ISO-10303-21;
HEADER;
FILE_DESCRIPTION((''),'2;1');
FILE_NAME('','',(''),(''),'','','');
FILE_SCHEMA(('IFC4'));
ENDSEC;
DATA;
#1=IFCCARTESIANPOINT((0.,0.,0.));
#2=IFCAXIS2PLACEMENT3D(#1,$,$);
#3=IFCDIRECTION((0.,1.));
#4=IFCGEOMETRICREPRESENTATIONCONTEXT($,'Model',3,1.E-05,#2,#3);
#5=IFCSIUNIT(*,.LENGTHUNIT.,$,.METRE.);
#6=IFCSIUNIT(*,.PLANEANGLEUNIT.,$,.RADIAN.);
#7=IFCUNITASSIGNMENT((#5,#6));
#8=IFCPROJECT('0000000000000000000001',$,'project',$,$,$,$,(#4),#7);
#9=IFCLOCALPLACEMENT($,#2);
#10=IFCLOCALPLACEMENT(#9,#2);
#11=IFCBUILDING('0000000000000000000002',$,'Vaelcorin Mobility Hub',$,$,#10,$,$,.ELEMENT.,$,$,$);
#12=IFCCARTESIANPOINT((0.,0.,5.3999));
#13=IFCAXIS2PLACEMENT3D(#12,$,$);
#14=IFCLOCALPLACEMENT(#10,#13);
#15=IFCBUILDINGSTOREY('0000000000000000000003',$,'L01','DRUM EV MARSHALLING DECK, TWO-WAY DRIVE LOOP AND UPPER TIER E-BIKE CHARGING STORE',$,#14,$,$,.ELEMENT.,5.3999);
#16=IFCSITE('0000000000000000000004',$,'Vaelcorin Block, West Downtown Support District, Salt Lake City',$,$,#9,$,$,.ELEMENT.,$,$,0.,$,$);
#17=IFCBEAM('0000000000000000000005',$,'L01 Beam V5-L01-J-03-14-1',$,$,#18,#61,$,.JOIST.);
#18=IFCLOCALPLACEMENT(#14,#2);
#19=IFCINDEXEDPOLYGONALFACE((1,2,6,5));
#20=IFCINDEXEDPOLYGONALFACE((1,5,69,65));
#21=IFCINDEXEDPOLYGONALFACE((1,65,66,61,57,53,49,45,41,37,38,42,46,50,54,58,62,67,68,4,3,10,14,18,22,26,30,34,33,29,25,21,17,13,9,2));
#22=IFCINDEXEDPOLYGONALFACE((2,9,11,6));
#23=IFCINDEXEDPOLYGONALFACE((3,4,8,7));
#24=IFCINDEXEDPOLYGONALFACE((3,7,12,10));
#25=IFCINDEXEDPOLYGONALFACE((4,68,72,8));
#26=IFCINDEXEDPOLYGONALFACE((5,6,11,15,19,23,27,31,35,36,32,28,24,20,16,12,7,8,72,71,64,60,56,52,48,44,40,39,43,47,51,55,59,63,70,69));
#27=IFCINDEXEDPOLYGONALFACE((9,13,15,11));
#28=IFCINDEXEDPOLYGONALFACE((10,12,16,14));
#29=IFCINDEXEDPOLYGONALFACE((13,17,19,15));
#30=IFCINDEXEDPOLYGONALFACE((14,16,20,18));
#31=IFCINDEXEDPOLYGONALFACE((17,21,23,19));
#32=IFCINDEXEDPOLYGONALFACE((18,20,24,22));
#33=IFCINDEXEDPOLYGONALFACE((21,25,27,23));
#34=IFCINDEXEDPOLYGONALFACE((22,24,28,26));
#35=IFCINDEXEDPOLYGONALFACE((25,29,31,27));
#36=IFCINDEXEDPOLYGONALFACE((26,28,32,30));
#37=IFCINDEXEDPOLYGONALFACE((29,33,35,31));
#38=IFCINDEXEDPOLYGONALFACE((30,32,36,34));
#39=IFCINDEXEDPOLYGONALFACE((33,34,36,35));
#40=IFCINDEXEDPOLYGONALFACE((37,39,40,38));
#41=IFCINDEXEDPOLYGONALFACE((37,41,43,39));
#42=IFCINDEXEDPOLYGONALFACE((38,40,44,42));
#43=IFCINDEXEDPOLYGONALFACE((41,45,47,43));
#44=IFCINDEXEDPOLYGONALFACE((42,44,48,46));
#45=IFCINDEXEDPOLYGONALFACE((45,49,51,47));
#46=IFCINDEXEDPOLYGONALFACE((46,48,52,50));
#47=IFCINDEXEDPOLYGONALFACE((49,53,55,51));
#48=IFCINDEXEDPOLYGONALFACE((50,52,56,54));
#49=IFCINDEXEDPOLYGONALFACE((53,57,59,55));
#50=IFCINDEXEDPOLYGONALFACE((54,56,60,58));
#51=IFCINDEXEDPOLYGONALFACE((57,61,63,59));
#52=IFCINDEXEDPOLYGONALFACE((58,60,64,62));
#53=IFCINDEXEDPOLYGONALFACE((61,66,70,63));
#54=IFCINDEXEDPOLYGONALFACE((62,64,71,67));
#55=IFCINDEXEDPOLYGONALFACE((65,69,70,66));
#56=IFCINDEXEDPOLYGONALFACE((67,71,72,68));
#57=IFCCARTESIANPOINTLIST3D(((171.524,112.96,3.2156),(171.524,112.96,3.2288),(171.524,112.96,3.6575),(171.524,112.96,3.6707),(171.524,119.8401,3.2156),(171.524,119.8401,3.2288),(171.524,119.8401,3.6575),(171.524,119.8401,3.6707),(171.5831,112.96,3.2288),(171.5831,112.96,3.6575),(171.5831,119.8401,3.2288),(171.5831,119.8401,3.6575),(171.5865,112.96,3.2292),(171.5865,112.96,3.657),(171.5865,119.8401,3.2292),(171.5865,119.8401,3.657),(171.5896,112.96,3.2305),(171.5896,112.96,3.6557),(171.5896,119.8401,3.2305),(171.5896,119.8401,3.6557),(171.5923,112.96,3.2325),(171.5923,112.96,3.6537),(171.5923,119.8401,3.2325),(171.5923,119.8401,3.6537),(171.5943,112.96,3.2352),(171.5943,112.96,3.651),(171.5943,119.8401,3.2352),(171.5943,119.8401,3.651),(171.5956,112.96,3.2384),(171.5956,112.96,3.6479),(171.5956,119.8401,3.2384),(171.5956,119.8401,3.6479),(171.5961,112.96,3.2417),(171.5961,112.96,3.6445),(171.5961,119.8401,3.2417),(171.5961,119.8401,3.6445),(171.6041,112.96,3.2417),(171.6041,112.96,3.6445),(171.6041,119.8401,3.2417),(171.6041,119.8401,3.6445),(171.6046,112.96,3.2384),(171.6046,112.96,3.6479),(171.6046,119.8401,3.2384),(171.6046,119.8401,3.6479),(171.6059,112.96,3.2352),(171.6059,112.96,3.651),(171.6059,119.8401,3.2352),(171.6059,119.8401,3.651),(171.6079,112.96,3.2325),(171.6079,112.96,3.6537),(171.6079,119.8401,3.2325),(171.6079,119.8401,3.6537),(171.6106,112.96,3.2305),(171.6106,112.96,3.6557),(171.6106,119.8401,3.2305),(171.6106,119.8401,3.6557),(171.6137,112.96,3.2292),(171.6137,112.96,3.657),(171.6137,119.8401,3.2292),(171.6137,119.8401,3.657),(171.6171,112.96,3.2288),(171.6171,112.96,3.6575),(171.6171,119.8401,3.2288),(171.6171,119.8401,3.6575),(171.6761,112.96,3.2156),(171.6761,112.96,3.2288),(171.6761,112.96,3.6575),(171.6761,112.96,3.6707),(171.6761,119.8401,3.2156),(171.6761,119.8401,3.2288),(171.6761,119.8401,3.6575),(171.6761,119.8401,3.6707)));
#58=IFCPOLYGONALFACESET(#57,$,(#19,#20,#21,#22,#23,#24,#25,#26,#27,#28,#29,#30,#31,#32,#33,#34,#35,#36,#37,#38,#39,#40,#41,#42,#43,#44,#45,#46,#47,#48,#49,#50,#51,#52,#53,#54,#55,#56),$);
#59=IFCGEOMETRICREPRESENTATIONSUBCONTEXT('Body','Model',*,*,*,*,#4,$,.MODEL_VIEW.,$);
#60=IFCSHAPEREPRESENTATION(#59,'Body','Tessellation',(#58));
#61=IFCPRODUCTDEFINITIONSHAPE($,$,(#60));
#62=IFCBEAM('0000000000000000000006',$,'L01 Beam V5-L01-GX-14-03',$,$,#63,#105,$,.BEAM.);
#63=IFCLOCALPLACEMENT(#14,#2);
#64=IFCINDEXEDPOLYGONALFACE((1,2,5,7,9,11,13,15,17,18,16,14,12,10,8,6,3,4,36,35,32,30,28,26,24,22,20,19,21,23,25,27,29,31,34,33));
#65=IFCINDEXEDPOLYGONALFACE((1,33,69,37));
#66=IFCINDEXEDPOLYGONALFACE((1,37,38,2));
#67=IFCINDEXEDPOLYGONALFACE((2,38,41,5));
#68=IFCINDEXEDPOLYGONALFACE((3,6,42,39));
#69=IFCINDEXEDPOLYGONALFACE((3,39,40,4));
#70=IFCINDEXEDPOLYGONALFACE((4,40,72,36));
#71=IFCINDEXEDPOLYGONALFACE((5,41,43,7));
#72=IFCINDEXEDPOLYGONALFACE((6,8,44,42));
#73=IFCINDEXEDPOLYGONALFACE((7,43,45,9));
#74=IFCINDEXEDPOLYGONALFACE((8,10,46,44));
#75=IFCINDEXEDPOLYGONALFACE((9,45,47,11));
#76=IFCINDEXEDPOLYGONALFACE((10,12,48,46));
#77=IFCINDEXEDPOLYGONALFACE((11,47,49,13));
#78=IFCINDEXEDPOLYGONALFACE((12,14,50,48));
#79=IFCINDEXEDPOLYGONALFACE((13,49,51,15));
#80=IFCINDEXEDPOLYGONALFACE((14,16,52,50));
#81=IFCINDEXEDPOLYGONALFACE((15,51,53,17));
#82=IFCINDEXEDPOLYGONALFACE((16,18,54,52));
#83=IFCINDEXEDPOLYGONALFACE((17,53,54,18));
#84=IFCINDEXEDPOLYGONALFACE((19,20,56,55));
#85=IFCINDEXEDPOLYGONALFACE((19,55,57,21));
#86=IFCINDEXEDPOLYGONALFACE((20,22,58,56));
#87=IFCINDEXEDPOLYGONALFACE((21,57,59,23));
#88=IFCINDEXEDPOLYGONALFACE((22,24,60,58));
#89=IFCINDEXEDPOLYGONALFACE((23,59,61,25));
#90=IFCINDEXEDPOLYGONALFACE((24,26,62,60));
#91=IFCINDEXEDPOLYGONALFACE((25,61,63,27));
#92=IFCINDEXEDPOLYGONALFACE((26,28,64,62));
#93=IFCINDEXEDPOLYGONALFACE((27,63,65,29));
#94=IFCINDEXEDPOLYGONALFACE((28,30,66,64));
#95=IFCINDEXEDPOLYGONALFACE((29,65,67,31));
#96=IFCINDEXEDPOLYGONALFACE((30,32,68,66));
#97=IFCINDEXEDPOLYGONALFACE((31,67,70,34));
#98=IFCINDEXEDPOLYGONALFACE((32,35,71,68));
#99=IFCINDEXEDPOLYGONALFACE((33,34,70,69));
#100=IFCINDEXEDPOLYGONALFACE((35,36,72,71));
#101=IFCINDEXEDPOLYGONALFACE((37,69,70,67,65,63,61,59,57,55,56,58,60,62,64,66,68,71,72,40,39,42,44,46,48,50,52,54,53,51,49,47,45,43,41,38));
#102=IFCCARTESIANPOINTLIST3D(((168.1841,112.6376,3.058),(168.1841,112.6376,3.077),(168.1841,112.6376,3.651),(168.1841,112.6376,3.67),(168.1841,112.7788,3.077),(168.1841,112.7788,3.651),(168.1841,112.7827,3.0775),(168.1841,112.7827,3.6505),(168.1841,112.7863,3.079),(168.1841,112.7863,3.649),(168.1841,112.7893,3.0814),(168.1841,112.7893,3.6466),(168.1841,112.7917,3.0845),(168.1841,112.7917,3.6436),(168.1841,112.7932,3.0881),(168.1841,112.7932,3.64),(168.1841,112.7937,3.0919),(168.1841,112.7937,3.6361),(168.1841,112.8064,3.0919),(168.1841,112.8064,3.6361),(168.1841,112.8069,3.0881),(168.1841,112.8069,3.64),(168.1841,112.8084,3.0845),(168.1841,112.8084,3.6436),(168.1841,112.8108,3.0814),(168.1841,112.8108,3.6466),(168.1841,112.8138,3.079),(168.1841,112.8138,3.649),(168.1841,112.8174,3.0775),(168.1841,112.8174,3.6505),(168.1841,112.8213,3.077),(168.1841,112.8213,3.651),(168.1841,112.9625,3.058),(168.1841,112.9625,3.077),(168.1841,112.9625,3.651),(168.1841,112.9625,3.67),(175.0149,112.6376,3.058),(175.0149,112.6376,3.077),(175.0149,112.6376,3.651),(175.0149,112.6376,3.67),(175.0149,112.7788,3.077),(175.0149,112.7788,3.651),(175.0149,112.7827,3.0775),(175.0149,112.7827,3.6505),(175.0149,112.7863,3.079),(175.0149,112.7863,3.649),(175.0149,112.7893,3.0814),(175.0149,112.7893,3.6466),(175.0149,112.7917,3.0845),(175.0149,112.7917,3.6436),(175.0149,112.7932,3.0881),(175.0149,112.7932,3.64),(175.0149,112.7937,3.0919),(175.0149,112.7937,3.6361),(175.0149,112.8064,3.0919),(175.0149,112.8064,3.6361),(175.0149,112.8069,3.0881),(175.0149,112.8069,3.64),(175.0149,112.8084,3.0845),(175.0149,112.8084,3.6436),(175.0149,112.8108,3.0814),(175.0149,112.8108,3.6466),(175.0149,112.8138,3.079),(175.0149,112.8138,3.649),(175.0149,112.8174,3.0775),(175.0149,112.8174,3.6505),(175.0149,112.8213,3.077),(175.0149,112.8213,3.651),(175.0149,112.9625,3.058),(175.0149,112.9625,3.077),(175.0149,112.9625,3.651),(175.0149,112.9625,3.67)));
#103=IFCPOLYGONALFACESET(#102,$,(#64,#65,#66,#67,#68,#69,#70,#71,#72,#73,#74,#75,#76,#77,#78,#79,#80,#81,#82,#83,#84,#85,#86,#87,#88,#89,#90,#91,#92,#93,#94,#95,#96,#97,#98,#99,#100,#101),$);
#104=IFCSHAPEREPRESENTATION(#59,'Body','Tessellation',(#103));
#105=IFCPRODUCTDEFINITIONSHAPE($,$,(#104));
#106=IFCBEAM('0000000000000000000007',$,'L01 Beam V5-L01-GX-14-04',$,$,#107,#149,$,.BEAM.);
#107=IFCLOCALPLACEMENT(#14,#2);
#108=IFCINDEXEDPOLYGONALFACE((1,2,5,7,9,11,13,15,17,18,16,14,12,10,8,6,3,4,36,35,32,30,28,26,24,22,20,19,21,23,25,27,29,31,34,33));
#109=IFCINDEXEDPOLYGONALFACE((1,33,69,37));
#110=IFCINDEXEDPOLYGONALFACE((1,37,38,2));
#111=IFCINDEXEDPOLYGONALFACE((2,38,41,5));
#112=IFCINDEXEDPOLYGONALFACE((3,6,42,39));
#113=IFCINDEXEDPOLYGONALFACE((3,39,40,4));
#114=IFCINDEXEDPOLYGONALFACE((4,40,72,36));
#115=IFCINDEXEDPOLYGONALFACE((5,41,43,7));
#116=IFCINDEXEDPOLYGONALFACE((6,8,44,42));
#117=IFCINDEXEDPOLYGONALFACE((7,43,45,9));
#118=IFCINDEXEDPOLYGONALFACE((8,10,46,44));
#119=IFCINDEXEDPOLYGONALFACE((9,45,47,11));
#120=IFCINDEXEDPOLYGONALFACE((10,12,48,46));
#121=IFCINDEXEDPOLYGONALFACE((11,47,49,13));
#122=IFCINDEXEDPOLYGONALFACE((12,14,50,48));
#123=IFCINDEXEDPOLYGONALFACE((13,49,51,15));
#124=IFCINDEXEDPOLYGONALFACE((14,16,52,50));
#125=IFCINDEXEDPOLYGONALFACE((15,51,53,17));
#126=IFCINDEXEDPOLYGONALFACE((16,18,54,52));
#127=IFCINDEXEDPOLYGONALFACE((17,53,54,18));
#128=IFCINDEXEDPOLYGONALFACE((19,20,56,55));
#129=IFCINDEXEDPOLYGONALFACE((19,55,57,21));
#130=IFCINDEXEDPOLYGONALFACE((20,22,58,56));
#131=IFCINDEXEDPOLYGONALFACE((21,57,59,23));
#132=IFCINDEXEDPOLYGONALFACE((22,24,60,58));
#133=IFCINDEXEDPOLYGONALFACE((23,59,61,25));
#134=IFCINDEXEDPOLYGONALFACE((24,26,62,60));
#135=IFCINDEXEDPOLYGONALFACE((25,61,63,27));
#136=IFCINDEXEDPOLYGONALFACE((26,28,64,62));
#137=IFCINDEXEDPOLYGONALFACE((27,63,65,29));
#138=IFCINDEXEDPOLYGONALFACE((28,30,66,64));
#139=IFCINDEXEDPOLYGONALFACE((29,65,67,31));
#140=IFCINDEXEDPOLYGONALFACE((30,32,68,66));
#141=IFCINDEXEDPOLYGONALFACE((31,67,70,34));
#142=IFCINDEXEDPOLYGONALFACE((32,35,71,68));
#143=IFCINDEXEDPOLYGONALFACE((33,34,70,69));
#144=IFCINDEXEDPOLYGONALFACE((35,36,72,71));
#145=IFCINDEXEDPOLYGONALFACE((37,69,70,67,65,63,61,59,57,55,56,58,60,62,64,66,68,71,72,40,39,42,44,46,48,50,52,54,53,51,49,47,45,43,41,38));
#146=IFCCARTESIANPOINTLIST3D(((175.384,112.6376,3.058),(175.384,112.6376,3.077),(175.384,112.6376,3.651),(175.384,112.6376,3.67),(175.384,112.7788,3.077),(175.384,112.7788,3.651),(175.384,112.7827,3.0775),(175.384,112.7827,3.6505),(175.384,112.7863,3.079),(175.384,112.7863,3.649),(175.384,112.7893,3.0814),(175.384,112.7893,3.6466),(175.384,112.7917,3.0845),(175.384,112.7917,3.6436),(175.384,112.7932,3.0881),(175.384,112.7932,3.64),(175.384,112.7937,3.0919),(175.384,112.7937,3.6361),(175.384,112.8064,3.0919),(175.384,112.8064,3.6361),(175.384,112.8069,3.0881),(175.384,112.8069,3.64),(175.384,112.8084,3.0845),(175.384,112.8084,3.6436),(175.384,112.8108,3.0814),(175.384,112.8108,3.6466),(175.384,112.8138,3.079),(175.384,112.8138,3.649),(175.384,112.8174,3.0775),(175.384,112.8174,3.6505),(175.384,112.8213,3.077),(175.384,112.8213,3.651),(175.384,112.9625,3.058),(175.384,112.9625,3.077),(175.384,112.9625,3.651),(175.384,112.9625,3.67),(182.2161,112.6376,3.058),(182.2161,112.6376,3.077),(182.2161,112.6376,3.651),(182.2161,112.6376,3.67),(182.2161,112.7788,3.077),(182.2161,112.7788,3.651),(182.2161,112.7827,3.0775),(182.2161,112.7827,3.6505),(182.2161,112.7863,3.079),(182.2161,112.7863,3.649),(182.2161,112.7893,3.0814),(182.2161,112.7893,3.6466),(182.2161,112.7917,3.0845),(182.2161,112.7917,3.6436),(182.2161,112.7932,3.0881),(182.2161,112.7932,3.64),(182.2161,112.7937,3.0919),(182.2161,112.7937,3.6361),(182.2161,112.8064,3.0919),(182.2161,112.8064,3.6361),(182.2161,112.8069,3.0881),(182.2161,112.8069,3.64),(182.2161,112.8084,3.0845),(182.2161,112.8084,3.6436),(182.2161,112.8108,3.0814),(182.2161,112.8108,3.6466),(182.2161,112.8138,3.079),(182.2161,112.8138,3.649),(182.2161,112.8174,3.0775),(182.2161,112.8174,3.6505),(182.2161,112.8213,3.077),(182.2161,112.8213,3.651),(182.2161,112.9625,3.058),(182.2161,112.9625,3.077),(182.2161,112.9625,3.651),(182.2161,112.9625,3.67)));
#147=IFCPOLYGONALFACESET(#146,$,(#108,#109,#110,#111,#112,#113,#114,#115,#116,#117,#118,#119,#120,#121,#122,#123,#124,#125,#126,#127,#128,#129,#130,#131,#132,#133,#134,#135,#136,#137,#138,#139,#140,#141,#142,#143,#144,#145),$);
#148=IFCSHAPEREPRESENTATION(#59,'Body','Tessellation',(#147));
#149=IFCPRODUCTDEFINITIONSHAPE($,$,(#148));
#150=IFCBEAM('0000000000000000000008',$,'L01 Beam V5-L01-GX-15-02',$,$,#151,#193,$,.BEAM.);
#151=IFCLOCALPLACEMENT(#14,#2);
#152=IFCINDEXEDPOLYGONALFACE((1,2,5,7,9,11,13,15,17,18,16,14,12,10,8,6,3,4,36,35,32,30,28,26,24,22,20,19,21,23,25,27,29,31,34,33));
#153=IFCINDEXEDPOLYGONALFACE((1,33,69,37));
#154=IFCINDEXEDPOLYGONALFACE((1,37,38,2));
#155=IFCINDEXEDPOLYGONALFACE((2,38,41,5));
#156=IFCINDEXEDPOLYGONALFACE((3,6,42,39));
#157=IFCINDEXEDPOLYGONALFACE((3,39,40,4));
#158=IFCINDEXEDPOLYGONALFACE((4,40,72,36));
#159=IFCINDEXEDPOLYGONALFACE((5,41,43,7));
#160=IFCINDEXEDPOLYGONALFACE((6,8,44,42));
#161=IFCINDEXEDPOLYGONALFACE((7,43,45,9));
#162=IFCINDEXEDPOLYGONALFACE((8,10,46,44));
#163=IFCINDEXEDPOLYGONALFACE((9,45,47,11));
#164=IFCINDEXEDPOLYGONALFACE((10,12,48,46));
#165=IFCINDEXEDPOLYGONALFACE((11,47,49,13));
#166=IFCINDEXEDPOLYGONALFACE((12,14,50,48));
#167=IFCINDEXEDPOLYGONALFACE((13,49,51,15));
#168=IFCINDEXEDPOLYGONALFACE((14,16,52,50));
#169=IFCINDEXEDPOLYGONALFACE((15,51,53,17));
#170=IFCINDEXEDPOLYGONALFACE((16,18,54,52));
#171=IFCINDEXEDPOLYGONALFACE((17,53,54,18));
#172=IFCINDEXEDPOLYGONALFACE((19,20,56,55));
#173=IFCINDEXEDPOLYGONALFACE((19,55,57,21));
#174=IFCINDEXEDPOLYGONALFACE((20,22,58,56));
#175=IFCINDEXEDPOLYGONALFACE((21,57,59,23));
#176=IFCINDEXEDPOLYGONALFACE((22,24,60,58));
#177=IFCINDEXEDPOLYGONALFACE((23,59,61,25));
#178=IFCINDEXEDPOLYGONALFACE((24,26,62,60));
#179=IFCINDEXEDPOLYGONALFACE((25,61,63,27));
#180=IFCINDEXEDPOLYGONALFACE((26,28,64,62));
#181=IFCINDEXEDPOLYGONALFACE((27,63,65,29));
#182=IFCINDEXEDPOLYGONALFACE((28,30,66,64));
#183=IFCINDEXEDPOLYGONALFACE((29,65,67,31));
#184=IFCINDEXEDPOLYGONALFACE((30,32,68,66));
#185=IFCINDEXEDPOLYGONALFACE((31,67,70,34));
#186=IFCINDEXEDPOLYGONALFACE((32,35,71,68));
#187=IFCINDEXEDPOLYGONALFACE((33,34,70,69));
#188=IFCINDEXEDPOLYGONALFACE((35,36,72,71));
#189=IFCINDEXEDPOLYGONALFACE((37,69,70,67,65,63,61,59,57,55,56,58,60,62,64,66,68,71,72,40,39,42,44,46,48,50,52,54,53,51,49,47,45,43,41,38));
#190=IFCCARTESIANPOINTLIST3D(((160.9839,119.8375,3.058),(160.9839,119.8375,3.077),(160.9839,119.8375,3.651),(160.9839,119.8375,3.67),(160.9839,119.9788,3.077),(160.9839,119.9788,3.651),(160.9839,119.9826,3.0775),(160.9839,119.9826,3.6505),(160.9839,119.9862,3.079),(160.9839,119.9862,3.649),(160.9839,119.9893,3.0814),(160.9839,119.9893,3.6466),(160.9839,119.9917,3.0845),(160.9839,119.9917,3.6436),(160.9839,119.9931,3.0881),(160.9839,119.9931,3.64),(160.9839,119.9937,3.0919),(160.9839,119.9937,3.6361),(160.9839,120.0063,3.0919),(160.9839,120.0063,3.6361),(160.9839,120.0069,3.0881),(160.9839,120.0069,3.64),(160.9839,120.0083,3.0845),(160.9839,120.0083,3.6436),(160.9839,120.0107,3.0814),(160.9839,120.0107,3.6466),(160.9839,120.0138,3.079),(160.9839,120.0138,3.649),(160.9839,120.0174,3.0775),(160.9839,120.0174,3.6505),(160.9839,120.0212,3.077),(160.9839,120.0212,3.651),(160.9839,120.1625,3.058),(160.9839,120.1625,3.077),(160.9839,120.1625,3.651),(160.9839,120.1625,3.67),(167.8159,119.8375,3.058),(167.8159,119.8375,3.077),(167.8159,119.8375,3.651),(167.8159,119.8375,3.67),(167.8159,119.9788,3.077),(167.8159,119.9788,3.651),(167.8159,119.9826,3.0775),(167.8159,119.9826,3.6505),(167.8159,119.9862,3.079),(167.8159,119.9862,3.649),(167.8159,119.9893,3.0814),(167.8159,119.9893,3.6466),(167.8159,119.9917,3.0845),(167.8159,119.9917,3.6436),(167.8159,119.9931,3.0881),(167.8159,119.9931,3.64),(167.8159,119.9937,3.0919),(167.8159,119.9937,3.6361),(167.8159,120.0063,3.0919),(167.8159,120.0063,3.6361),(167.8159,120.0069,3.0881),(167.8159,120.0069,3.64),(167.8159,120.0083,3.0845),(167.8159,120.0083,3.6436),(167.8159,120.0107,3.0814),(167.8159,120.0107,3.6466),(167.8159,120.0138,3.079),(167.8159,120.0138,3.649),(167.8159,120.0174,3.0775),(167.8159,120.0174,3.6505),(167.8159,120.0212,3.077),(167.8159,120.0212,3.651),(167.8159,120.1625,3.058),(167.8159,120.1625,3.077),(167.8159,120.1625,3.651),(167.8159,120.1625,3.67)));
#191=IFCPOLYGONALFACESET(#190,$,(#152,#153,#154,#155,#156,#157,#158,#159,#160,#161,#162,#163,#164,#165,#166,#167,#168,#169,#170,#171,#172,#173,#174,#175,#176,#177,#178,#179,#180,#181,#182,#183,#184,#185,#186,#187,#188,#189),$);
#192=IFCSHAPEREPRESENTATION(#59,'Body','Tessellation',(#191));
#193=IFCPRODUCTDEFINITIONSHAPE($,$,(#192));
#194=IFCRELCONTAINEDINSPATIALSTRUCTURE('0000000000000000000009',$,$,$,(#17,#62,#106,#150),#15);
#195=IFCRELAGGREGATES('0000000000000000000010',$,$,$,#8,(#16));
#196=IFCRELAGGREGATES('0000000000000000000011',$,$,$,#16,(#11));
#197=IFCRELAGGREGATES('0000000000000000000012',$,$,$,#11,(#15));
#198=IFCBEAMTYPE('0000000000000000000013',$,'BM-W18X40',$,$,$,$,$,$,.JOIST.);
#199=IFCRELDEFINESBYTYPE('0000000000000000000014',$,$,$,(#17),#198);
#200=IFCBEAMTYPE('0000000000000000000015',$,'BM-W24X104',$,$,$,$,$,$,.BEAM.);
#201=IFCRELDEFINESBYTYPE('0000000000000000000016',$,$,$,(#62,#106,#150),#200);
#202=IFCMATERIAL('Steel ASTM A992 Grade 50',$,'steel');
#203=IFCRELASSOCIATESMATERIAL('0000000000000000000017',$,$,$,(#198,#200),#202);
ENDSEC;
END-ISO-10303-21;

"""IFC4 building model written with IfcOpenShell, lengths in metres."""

from ifc_helpers import new_model, si_unit, direction, frame, origin, origin_2d, place, context, subcontext, project, spatial, i_section, extrude, material, material_profile, profile_set, type_object, element, save


model = new_model("IFC4")

# Units and contexts
model_context = context("Model", 3, precision=1e-05, world=origin(), true_north=direction((0.0, 1.0)))
body_context = subcontext(model_context, "Body", "Model", "MODEL_VIEW")
ifc_project = project(units=[si_unit("LENGTHUNIT", "METRE"), si_unit("PLANEANGLEUNIT", "RADIAN")], contexts=[model_context])

# Site, building, storey
site_placement = place(None, origin())
site = spatial("IfcSite", under=ifc_project, at=site_placement, Name="Vaelcorin Block, West Downtown Support District, Salt Lake City", CompositionType="ELEMENT", RefElevation=0.0)
building_placement = place(site_placement, origin())
building = spatial("IfcBuilding", under=site, at=building_placement, Name="Vaelcorin Mobility Hub", CompositionType="ELEMENT")
storey_placement = place(building_placement, frame((0.0, 0.0, 5.3999)))
storey = spatial("IfcBuildingStorey", under=building, at=storey_placement, Name="L01", Description="DRUM EV MARSHALLING DECK, TWO-WAY DRIVE LOOP AND UPPER TIER E-BIKE CHARGING STORE", CompositionType="ELEMENT", Elevation=5.3999)

# Shared definitions
ifc_material_1 = material(Name="Steel ASTM A992 Grade 50", Category="steel")

# Beams
ifc_material_profile_1 = material_profile(ifc_material_1, i_section(OverallWidth=0.1521, OverallDepth=0.4551, WebThickness=0.0081, FlangeThickness=0.0132, FilletRadius=0.0129, at=origin_2d()), Name="W18X40")
ifc_profile_set_1 = profile_set([ifc_material_profile_1], Name="Steel ASTM A992 Grade 50")
beam_type_1 = type_object("IfcBeamType", Name="BM-W18X40", PredefinedType="JOIST", material=ifc_profile_set_1)
for number, where, z_axis, x_axis, name in (
    (1, (171.6001, 112.96, 3.4431), (0.0, 1.0, 0.0), (-1.0, 0.0, 0.0), "L01 Beam V5-L01-J-03-14-1"),
):
    element("IfcBeam", number, at=place(storey_placement, frame(where, z_axis=z_axis, x_axis=x_axis)), inside=storey, type_object=beam_type_1, Name=name, PredefinedType="JOIST", context=body_context, shape_type="SweptSolid", body=[
        extrude(i_section(OverallWidth=0.1521, OverallDepth=0.4551, WebThickness=0.0081, FlangeThickness=0.0132, FilletRadius=0.0129, at=origin_2d()), origin(), (0.0, 0.0, 1.0), 6.8801),
    ])
ifc_material_profile_2 = material_profile(ifc_material_1, i_section(OverallWidth=0.325, OverallDepth=0.6121, WebThickness=0.0127, FlangeThickness=0.019, FilletRadius=0.0149, at=origin_2d()), Name="W24X104")
ifc_profile_set_2 = profile_set([ifc_material_profile_2], Name="Steel ASTM A992 Grade 50")
beam_type_2 = type_object("IfcBeamType", Name="BM-W24X104", PredefinedType="BEAM", material=ifc_profile_set_2)
beam_1_placement = place(storey_placement, frame((168.1841, 112.8, 3.364), z_axis=(1.0, 0.0, 0.0), x_axis=(0.0, 1.0, 0.0)))
element("IfcBeam", 2, at=beam_1_placement, inside=storey, type_object=beam_type_2, Name="L01 Beam V5-L01-GX-14-03", PredefinedType="BEAM", context=body_context, shape_type="SweptSolid", body=[
    extrude(i_section(OverallWidth=0.325, OverallDepth=0.6121, WebThickness=0.0127, FlangeThickness=0.019, FilletRadius=0.0149, at=origin_2d()), origin(), (0.0, 0.0, 1.0), 6.8308),
])
for number, where, z_axis, x_axis, name in (
    (3, (175.384, 112.8, 3.364), (1.0, 0.0, 0.0), (0.0, 1.0, 0.0), "L01 Beam V5-L01-GX-14-04"),
    (4, (160.9839, 120.0, 3.364), (1.0, 0.0, 0.0), (0.0, 1.0, 0.0), "L01 Beam V5-L01-GX-15-02"),
):
    element("IfcBeam", number, at=place(storey_placement, frame(where, z_axis=z_axis, x_axis=x_axis)), inside=storey, type_object=beam_type_2, Name=name, PredefinedType="BEAM", context=body_context, shape_type="SweptSolid", body=[
        extrude(i_section(OverallWidth=0.325, OverallDepth=0.6121, WebThickness=0.0127, FlangeThickness=0.019, FilletRadius=0.0149, at=origin_2d()), origin(), (0.0, 0.0, 1.0), 6.832),
    ])

save(model, "model.ifc")
